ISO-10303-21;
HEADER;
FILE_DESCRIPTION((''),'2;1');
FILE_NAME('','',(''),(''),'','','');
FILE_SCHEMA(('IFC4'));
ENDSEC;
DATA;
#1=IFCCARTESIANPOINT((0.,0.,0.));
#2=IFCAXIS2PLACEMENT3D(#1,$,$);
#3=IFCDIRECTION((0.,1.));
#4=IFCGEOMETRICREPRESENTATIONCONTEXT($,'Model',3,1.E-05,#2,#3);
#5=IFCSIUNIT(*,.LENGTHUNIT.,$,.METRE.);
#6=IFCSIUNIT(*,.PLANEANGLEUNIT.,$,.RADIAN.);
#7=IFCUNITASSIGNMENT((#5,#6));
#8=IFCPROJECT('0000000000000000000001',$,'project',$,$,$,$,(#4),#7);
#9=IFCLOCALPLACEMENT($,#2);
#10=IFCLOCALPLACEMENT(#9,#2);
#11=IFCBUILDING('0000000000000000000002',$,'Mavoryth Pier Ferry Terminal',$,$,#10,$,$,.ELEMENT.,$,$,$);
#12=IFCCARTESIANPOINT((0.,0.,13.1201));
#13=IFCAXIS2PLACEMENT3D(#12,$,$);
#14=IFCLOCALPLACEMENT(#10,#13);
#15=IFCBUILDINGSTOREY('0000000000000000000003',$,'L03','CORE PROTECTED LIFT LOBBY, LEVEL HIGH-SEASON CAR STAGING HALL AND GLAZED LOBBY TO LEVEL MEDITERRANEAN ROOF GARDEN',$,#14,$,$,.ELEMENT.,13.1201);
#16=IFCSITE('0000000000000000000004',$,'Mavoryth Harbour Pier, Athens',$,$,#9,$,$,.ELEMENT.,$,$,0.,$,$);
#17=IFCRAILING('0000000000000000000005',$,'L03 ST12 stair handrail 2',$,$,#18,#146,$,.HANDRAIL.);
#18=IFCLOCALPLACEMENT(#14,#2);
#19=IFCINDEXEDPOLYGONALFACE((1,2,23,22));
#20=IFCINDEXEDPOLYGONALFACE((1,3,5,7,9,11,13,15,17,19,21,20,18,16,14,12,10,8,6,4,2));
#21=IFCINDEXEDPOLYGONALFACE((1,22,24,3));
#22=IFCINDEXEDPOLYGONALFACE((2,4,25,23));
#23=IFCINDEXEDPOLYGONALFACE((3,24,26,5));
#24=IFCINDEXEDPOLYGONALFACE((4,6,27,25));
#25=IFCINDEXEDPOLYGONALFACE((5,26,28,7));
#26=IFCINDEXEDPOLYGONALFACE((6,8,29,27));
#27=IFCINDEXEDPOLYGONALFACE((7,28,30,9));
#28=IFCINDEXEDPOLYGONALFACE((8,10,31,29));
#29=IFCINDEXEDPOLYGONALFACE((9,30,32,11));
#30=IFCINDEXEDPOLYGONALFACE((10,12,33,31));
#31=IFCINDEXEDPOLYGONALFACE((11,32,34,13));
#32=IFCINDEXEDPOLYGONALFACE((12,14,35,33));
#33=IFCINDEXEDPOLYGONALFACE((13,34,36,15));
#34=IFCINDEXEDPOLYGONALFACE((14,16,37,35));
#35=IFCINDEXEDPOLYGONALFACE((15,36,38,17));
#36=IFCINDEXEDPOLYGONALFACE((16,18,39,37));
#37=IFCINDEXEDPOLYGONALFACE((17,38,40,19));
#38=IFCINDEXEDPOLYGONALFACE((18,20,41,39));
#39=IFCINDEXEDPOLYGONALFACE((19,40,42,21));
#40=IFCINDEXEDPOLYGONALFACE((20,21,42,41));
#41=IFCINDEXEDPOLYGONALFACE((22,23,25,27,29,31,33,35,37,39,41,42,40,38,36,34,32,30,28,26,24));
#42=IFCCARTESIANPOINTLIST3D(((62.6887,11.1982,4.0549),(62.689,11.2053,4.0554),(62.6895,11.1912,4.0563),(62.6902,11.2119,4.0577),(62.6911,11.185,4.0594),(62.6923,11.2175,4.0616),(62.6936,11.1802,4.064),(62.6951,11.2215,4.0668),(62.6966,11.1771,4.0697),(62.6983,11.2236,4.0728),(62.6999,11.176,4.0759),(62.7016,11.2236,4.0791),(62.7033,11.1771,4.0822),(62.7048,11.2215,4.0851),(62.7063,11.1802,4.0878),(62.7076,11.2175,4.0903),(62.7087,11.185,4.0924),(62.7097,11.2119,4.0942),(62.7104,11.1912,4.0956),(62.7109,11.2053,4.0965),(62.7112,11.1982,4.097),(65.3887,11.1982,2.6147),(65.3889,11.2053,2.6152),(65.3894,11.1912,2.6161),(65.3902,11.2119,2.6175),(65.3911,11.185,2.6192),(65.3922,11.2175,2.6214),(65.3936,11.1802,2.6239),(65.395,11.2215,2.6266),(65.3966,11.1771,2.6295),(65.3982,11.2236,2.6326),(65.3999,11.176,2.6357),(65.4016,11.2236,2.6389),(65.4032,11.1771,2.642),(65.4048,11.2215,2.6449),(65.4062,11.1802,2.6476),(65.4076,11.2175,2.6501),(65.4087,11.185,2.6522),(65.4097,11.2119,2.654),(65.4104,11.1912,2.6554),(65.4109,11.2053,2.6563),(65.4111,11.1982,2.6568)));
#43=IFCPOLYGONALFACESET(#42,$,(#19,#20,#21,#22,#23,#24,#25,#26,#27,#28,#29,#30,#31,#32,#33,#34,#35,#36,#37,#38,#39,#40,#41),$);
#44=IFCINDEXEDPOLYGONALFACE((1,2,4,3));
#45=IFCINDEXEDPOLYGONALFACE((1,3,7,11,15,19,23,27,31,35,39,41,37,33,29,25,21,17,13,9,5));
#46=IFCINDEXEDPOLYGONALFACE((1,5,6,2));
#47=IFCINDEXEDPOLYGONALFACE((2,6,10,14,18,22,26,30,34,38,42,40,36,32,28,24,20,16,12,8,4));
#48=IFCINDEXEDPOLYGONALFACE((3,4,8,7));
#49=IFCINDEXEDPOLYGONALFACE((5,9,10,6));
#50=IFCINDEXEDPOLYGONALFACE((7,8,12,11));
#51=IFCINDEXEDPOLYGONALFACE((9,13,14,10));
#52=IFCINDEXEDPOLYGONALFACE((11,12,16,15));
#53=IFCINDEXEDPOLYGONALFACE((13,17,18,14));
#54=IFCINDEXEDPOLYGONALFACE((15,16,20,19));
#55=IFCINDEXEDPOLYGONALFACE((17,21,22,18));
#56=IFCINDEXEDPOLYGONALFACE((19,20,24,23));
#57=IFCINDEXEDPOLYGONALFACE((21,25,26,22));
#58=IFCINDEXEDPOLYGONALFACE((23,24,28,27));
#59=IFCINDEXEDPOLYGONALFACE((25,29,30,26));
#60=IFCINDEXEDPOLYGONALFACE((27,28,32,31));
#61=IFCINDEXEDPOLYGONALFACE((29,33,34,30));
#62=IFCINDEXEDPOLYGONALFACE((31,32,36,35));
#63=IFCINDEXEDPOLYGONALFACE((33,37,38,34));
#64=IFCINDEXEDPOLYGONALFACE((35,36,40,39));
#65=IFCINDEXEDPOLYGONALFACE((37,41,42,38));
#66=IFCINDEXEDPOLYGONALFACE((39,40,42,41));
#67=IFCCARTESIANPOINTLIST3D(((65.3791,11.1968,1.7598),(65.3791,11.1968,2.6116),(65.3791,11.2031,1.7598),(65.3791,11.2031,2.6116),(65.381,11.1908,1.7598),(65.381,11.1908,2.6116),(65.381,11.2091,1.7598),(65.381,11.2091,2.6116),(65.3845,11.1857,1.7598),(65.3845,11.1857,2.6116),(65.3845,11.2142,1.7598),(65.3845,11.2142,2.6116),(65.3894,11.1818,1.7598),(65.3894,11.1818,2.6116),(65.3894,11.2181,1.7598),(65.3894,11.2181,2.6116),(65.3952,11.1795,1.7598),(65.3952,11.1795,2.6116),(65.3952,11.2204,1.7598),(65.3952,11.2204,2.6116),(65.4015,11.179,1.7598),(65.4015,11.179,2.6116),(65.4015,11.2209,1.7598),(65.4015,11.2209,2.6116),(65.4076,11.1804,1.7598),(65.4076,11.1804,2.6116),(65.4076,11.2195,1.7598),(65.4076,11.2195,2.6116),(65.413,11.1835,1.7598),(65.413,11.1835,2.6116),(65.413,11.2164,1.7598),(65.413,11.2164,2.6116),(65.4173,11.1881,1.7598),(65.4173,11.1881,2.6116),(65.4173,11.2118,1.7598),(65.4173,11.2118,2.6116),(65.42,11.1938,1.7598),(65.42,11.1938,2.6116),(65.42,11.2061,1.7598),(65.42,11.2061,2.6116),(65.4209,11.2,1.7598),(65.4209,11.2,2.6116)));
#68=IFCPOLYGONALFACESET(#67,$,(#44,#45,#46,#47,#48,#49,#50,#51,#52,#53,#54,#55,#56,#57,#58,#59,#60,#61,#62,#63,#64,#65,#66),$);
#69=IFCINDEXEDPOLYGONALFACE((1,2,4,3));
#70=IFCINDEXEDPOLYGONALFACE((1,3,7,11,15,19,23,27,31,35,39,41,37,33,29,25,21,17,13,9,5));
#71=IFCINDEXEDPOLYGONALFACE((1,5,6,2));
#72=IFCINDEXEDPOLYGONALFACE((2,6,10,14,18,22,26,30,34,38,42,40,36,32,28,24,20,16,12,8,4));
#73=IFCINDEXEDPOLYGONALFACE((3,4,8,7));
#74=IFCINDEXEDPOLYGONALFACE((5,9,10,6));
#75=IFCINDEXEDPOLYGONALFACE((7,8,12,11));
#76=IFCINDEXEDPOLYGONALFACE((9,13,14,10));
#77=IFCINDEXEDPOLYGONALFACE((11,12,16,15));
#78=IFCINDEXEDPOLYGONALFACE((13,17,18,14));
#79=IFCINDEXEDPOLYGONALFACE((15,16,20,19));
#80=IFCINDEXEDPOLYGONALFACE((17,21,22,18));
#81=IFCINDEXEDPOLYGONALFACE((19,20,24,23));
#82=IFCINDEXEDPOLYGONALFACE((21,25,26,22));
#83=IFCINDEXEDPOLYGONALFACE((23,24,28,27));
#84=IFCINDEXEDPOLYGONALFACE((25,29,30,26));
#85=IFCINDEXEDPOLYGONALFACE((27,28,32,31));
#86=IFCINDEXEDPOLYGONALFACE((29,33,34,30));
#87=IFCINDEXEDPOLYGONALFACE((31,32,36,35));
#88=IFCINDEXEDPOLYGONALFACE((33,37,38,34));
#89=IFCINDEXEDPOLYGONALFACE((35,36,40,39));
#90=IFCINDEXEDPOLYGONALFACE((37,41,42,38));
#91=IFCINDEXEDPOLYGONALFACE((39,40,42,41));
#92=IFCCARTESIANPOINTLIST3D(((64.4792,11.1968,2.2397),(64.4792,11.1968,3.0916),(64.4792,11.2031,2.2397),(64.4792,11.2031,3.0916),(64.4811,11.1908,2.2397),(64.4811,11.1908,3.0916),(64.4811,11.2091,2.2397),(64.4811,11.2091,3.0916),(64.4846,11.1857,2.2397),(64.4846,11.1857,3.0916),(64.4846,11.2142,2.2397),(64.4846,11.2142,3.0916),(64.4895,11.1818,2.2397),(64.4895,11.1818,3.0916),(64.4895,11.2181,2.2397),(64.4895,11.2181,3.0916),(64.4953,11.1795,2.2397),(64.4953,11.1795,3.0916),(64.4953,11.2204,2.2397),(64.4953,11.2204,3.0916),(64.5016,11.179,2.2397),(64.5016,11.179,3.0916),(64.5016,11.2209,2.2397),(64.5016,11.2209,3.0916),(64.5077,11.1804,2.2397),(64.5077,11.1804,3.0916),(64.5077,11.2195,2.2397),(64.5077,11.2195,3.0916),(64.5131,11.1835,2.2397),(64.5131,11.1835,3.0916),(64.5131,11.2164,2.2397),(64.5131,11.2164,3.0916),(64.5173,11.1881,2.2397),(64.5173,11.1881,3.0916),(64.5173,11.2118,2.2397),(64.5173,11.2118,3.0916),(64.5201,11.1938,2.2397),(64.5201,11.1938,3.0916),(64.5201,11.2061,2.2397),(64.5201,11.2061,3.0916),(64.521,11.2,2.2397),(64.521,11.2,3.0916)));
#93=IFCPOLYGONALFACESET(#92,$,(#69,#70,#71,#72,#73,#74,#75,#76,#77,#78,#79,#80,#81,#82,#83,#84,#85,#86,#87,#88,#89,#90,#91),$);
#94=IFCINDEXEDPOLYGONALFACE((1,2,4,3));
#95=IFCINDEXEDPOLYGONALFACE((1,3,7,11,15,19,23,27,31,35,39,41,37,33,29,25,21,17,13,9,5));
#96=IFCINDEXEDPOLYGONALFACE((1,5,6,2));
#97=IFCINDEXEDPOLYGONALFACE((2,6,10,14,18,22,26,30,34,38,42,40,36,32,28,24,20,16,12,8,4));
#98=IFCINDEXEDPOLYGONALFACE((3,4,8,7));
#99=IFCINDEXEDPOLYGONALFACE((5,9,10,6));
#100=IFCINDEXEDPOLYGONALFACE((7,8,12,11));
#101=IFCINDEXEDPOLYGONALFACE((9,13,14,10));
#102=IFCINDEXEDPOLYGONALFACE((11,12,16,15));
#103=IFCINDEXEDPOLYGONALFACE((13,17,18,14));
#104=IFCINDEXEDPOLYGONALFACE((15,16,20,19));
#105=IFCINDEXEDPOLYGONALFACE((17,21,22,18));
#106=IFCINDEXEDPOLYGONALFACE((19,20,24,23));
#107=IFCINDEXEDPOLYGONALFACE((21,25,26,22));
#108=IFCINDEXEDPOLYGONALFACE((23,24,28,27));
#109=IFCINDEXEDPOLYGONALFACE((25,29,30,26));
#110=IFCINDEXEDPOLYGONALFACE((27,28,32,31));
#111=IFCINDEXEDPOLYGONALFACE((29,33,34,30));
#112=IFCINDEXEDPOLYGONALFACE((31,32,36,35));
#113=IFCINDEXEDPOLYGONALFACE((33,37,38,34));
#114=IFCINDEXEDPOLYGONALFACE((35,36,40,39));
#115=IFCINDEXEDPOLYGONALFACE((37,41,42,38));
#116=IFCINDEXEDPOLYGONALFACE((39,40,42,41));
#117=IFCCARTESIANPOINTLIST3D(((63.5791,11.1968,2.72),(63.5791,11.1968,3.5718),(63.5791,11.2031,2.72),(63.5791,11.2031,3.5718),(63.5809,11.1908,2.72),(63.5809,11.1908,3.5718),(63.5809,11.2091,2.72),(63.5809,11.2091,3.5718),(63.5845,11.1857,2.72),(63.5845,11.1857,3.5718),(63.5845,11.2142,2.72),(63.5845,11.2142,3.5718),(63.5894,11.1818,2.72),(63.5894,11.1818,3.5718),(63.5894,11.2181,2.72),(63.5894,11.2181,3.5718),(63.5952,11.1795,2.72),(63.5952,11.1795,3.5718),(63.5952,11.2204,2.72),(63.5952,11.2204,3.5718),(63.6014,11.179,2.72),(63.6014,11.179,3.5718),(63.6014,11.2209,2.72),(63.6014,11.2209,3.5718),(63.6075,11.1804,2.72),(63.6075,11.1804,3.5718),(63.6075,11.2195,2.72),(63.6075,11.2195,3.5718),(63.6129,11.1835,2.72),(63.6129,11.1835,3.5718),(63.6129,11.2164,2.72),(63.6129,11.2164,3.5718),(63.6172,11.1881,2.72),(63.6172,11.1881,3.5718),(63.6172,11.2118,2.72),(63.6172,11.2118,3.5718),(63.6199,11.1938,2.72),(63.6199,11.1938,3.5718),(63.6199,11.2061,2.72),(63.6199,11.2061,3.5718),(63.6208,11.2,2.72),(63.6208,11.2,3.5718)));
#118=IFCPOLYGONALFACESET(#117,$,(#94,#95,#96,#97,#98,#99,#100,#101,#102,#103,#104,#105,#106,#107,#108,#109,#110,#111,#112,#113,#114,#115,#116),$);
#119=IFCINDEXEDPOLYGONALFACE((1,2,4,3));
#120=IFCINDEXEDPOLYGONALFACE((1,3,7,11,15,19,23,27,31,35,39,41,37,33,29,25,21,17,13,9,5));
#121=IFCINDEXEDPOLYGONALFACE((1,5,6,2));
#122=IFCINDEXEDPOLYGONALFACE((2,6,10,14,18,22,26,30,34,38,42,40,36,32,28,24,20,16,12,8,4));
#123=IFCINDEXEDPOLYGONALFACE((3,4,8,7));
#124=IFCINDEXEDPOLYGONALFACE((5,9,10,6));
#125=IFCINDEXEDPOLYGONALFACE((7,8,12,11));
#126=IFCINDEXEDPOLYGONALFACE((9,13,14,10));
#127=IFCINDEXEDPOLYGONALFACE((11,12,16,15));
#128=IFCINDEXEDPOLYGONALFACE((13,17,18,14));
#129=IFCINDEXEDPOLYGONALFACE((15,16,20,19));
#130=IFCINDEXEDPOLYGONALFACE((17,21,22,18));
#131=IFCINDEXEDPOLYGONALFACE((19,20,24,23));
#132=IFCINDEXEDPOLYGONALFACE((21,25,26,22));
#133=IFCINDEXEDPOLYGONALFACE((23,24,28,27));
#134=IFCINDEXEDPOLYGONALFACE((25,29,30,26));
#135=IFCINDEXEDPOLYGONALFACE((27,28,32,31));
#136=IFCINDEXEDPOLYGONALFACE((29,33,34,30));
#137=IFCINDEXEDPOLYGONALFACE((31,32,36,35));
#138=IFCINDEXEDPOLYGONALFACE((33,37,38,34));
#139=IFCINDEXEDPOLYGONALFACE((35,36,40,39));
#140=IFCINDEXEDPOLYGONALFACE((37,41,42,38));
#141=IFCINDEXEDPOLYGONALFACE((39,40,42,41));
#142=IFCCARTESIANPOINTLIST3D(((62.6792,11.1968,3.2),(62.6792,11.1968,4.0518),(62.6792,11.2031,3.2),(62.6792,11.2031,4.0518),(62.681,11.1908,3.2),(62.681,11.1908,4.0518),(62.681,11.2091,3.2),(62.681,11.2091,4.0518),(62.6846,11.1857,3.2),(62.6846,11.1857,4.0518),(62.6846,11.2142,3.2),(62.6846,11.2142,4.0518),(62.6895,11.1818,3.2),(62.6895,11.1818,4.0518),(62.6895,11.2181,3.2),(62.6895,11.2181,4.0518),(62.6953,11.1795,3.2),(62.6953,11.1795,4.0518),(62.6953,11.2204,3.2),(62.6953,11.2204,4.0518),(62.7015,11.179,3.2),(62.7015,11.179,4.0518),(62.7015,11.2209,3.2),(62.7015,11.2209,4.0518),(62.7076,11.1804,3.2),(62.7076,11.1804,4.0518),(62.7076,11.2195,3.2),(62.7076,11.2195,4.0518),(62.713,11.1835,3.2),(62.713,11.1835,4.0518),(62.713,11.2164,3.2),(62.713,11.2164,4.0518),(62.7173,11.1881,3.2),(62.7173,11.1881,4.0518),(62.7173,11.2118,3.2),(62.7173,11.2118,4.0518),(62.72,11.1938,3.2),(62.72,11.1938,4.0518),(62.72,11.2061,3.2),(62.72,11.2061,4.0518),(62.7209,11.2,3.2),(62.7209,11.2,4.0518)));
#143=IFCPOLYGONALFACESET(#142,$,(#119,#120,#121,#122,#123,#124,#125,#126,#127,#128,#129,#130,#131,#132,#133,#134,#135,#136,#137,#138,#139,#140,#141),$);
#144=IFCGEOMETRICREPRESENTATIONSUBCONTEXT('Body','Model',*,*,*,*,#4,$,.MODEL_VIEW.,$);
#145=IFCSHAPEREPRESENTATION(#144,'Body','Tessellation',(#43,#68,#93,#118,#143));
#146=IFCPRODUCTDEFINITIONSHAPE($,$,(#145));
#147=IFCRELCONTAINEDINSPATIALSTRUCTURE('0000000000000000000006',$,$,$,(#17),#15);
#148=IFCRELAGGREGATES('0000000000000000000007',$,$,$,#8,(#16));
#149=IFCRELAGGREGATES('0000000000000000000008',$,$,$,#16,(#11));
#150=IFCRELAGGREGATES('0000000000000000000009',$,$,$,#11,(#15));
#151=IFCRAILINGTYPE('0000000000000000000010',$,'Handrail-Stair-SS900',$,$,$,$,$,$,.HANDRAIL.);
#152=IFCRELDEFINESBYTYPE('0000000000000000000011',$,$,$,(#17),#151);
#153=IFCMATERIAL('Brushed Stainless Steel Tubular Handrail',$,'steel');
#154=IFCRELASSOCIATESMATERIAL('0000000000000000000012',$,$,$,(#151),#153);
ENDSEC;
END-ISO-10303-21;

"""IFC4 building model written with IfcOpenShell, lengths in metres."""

from ifc_helpers import new_model, si_unit, direction, frame, origin, origin_2d, place, context, subcontext, project, spatial, circle, extrude, material, type_object, element, save


model = new_model("IFC4")

# Units and contexts
model_context = context("Model", 3, precision=1e-05, world=origin(), true_north=direction((0.0, 1.0)))
body_context = subcontext(model_context, "Body", "Model", "MODEL_VIEW")
ifc_project = project(units=[si_unit("LENGTHUNIT", "METRE"), si_unit("PLANEANGLEUNIT", "RADIAN")], contexts=[model_context])

# Site, building, storey
site_placement = place(None, origin())
site = spatial("IfcSite", under=ifc_project, at=site_placement, Name="Mavoryth Harbour Pier, Athens", CompositionType="ELEMENT", RefElevation=0.0)
building_placement = place(site_placement, origin())
building = spatial("IfcBuilding", under=site, at=building_placement, Name="Mavoryth Pier Ferry Terminal", CompositionType="ELEMENT")
storey_placement = place(building_placement, frame((0.0, 0.0, 13.1201)))
storey = spatial("IfcBuildingStorey", under=building, at=storey_placement, Name="L03", Description="CORE PROTECTED LIFT LOBBY, LEVEL HIGH-SEASON CAR STAGING HALL AND GLAZED LOBBY TO LEVEL MEDITERRANEAN ROOF GARDEN", CompositionType="ELEMENT", Elevation=13.1201)

# Railing
ifc_material_1 = material(Name="Brushed Stainless Steel Tubular Handrail", Category="steel")
railing_type_1 = type_object("IfcRailingType", Name="Handrail-Stair-SS900", PredefinedType="HANDRAIL", material=ifc_material_1)
railing_1_placement = place(storey_placement, frame((65.3999, 11.2, 1.7598)))
element("IfcRailing", 1, at=railing_1_placement, inside=storey, type_object=railing_type_1, Name="L03 ST12 stair handrail 2", PredefinedType="HANDRAIL", context=body_context, shape_type="SweptSolid", body=[
    extrude(circle(Radius=0.0239, at=origin_2d()), frame((0.0, 0.0, 0.876), z_axis=(-0.882324, 0.0, 0.470642), x_axis=(0.0, -1.0, 0.0)), (0.0, 0.0, 1.0), 3.0601),
    extrude(circle(Radius=0.021, at=origin_2d()), origin(), (0.0, 0.0, 1.0), 0.8518),
    extrude(circle(Radius=0.021, at=origin_2d()), frame((-0.8999, 0.0, 0.48)), (0.0, 0.0, 1.0), 0.8518),
    extrude(circle(Radius=0.021, at=origin_2d()), frame((-1.8, 0.0, 0.9602)), (0.0, 0.0, 1.0), 0.8518),
    extrude(circle(Radius=0.021, at=origin_2d()), frame((-2.7, 0.0, 1.4402)), (0.0, 0.0, 1.0), 0.8518),
])

save(model, "model.ifc")
